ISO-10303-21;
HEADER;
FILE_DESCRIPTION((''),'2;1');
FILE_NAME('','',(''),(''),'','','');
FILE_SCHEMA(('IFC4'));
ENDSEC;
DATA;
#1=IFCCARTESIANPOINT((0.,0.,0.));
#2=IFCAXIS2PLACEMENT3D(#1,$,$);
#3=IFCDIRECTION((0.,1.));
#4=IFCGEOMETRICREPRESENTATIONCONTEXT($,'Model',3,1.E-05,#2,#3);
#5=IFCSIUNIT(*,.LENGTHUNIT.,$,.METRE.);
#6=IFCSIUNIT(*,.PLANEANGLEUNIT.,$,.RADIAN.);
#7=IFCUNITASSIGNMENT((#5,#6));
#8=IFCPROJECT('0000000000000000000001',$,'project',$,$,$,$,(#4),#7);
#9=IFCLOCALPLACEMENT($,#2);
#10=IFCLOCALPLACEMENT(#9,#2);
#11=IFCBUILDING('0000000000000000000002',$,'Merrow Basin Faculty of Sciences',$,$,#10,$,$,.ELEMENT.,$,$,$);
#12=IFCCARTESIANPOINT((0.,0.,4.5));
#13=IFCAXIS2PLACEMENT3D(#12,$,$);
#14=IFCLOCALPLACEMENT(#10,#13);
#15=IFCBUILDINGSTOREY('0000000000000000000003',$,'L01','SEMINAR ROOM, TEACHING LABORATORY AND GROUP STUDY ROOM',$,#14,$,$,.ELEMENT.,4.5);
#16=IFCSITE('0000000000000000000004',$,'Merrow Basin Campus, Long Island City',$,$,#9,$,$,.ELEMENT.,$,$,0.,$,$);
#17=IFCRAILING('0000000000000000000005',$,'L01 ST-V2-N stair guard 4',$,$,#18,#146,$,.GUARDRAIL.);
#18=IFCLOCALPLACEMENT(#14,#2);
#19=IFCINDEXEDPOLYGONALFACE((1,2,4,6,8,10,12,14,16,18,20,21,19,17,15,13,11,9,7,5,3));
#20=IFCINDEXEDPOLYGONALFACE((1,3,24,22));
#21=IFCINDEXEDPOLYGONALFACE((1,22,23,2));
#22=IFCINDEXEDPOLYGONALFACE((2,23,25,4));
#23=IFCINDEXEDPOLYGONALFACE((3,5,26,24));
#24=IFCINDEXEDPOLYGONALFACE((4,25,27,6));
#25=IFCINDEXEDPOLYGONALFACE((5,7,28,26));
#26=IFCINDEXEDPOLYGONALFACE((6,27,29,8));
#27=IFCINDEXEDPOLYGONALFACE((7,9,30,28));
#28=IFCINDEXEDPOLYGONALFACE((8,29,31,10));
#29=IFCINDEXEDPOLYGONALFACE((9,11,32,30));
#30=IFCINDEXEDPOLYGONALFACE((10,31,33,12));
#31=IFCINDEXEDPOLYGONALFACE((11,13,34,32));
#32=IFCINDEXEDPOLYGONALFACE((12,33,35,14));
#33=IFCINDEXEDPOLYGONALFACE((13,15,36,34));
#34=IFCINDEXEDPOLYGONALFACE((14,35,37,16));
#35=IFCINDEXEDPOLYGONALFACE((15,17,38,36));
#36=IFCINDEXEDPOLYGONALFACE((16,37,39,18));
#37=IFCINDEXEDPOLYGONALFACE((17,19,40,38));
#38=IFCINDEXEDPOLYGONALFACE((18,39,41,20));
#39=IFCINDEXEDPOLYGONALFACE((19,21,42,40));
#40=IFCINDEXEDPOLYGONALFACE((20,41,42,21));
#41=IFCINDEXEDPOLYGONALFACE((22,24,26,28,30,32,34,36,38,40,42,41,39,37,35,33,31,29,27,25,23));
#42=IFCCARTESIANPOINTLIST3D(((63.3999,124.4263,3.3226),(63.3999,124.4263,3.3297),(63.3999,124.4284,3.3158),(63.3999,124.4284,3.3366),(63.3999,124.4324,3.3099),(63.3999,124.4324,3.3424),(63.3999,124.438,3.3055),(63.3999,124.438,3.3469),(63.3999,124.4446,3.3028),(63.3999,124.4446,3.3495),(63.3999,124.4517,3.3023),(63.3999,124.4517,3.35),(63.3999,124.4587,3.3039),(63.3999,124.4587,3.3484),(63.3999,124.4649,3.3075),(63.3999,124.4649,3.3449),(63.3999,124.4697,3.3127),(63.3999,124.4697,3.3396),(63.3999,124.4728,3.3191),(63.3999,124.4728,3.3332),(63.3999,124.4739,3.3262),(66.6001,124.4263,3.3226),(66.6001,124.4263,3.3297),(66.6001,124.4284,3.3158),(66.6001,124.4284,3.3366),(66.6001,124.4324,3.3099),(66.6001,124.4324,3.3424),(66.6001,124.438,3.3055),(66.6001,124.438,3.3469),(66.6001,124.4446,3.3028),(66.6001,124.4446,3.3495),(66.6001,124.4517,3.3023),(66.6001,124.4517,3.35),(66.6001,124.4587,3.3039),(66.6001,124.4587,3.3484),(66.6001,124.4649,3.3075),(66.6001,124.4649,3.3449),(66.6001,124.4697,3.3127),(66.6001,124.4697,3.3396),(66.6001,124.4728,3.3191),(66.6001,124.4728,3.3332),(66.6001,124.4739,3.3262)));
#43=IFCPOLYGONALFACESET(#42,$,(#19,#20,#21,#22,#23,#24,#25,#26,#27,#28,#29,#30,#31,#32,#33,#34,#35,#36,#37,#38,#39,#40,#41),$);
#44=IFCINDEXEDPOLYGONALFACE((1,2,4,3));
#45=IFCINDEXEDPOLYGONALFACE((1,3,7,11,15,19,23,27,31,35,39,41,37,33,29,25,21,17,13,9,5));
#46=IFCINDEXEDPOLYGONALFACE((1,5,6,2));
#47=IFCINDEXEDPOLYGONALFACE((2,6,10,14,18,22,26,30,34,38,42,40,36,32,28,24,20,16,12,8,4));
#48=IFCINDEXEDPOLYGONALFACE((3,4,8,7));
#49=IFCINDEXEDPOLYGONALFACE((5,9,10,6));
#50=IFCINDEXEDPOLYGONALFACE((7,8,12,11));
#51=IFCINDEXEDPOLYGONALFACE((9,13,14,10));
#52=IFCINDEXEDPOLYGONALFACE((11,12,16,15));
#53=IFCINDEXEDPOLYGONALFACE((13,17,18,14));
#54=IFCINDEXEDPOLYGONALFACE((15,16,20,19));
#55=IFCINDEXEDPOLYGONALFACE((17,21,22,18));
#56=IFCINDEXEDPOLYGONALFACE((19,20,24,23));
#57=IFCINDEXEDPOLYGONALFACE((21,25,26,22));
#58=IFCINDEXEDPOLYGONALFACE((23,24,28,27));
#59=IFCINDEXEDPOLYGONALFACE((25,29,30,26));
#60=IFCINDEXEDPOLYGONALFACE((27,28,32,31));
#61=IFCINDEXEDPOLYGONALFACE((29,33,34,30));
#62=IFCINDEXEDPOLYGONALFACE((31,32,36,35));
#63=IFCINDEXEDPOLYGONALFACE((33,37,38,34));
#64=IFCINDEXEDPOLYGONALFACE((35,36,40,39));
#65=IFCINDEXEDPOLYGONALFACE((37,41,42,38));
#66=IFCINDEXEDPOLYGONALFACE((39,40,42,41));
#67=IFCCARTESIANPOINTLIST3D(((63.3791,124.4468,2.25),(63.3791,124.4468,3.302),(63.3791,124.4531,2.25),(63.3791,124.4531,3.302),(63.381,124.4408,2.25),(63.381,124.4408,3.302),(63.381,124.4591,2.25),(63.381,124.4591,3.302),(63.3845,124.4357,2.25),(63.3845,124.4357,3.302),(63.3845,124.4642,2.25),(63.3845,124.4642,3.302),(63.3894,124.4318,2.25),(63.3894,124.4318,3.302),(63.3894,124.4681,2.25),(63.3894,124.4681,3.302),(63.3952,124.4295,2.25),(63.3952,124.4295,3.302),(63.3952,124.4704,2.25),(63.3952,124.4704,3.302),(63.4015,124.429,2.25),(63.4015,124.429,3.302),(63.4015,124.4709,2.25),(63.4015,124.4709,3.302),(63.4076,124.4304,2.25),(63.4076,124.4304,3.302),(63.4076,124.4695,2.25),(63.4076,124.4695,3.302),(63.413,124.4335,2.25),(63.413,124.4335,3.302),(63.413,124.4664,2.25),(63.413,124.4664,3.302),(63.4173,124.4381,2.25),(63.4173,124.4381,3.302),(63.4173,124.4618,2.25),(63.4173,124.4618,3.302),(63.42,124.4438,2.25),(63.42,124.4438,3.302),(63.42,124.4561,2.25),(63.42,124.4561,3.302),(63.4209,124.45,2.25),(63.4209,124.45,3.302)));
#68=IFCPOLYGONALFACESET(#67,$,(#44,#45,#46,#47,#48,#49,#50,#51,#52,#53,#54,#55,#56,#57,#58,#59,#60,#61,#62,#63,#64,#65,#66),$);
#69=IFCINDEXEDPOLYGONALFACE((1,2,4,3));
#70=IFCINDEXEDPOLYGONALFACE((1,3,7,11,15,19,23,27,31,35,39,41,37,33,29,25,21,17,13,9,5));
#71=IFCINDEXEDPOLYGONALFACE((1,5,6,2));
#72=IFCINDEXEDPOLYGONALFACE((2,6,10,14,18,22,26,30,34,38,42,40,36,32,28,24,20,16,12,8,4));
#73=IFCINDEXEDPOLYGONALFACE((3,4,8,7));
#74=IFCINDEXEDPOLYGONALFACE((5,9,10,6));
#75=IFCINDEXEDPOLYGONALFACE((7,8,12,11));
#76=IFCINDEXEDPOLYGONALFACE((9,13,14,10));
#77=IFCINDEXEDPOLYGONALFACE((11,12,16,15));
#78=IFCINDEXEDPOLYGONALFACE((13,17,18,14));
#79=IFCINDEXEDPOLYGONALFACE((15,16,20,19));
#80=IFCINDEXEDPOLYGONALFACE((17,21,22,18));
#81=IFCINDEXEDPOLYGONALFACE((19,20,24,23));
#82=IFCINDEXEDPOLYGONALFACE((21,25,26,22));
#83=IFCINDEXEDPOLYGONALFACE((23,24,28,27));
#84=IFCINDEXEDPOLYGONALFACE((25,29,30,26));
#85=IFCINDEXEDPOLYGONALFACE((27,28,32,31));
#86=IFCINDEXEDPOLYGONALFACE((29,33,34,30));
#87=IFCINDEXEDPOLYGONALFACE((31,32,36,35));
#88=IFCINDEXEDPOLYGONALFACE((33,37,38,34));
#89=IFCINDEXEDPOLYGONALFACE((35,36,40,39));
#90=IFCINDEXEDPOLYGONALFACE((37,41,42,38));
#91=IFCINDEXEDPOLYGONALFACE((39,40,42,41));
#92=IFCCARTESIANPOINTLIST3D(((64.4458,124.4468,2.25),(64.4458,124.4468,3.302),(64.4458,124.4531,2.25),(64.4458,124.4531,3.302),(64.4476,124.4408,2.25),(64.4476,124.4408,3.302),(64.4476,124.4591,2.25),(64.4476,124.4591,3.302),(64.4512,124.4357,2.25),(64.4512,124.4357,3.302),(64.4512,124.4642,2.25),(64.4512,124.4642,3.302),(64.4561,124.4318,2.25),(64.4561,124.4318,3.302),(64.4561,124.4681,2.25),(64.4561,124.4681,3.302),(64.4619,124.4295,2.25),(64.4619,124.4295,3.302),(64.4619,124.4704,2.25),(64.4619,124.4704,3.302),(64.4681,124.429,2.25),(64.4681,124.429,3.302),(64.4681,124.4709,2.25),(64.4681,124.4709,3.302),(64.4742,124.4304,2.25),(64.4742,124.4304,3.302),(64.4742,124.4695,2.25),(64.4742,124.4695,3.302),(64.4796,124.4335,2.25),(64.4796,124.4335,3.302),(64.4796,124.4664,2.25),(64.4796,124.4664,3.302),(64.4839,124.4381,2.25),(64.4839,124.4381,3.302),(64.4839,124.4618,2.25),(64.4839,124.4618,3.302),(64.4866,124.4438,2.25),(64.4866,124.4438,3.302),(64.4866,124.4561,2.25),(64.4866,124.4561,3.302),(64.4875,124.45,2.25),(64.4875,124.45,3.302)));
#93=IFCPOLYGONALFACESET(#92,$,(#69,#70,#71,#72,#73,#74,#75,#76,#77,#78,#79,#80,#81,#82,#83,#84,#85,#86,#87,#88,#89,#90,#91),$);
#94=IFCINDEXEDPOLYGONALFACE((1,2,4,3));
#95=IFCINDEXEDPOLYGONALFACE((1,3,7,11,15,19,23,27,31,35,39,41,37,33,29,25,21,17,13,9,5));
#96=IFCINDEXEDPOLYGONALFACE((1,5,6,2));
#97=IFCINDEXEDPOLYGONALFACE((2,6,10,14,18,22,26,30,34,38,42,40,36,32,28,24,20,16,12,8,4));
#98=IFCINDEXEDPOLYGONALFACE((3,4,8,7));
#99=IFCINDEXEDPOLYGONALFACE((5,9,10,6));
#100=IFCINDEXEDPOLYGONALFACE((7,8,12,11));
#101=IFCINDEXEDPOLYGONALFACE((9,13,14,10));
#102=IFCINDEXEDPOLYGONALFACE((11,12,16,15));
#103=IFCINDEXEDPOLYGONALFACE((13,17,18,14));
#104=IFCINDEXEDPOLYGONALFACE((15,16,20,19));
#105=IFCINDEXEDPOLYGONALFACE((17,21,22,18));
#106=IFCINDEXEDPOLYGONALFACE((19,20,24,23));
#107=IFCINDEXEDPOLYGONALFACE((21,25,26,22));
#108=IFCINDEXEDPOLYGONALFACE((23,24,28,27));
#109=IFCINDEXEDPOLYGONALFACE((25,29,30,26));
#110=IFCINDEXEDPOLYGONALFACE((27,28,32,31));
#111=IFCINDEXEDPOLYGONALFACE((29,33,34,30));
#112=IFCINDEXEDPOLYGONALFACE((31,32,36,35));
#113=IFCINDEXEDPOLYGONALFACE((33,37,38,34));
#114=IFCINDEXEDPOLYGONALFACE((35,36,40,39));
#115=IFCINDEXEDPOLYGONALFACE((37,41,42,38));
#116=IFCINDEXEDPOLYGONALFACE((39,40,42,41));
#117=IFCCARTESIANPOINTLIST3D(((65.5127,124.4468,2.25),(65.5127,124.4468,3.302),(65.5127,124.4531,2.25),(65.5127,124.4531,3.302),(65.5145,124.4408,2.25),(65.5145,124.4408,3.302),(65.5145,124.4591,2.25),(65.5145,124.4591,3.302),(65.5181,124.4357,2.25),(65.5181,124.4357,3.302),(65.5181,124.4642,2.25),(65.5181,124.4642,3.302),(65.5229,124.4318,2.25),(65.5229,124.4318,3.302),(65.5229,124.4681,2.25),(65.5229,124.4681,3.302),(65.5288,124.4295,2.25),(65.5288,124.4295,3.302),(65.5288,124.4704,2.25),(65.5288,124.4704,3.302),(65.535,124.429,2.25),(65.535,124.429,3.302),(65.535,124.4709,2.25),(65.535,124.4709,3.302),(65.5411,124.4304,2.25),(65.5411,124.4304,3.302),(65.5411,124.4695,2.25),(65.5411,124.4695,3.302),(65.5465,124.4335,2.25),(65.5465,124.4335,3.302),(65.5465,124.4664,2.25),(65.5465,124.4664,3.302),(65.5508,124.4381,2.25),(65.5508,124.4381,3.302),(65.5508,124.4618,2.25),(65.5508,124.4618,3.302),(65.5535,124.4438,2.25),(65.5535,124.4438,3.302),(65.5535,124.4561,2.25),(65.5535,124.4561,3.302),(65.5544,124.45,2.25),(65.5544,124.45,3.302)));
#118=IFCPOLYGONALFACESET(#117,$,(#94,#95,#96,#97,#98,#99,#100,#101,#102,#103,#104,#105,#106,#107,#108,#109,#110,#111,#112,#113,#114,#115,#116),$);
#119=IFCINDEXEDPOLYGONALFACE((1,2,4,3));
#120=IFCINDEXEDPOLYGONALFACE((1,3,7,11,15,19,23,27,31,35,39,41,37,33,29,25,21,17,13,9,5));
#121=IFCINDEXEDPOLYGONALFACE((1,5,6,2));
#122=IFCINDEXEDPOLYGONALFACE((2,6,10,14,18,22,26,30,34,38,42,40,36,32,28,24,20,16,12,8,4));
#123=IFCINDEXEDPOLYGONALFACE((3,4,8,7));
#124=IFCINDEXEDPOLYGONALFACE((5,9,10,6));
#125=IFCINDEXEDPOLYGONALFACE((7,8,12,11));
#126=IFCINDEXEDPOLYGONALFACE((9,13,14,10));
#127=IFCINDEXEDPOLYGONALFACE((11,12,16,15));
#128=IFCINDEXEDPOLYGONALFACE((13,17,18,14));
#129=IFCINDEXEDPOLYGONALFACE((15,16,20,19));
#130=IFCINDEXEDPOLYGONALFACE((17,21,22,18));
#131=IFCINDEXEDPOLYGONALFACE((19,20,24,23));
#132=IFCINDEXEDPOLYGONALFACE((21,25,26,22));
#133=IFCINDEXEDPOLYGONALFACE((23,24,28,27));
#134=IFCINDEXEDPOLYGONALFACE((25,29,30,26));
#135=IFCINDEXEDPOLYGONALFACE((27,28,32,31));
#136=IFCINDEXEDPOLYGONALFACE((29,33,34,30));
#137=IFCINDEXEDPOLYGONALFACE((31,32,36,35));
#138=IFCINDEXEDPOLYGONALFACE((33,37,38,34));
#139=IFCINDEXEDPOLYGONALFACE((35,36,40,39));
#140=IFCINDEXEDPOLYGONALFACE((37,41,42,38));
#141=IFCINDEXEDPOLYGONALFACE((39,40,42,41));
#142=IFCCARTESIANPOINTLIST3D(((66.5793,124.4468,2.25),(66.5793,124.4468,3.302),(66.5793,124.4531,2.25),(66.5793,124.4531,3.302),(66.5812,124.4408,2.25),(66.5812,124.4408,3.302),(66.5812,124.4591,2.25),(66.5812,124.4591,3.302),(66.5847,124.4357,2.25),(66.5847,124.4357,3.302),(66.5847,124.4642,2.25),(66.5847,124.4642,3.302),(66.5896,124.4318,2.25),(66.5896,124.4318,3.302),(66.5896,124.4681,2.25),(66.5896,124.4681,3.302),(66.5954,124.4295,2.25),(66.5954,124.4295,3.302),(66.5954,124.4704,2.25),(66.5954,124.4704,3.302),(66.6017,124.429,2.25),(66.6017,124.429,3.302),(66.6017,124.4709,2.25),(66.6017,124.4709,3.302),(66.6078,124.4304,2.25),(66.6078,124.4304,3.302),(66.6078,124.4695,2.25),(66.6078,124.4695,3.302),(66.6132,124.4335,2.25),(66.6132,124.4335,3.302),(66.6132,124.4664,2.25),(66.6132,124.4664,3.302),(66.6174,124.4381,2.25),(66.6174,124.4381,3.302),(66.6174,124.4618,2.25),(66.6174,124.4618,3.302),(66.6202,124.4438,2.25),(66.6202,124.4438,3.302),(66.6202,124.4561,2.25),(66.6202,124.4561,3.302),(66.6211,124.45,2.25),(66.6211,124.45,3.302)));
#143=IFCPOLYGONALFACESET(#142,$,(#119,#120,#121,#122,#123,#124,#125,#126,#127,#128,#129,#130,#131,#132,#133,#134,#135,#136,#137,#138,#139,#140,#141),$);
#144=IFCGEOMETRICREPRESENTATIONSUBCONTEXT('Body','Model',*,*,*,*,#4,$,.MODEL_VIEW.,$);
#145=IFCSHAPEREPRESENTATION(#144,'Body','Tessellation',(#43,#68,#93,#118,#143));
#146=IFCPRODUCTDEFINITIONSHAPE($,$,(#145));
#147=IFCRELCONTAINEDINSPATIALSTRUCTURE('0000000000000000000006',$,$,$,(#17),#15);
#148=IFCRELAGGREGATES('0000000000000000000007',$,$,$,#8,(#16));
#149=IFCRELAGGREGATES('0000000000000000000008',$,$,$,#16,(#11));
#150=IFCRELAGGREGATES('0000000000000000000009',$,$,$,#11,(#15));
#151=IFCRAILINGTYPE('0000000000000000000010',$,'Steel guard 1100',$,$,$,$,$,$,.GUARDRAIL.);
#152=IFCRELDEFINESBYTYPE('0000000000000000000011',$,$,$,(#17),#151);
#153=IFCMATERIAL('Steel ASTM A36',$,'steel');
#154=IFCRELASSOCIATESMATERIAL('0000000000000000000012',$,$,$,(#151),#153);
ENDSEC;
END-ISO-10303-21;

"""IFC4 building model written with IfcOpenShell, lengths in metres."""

from ifc_helpers import new_model, si_unit, direction, frame, origin, origin_2d, place, context, subcontext, project, spatial, circle, extrude, material, type_object, element, save


model = new_model("IFC4")

# Units and contexts
model_context = context("Model", 3, precision=1e-05, world=origin(), true_north=direction((0.0, 1.0)))
body_context = subcontext(model_context, "Body", "Model", "MODEL_VIEW")
ifc_project = project(units=[si_unit("LENGTHUNIT", "METRE"), si_unit("PLANEANGLEUNIT", "RADIAN")], contexts=[model_context])

# Site, building, storey
site_placement = place(None, origin())
site = spatial("IfcSite", under=ifc_project, at=site_placement, Name="Merrow Basin Campus, Long Island City", CompositionType="ELEMENT", RefElevation=0.0)
building_placement = place(site_placement, origin())
building = spatial("IfcBuilding", under=site, at=building_placement, Name="Merrow Basin Faculty of Sciences", CompositionType="ELEMENT")
storey_placement = place(building_placement, frame((0.0, 0.0, 4.5)))
storey = spatial("IfcBuildingStorey", under=building, at=storey_placement, Name="L01", Description="SEMINAR ROOM, TEACHING LABORATORY AND GROUP STUDY ROOM", CompositionType="ELEMENT", Elevation=4.5)

# Railing
ifc_material_1 = material(Name="Steel ASTM A36", Category="steel")
railing_type_1 = type_object("IfcRailingType", Name="Steel guard 1100", PredefinedType="GUARDRAIL", material=ifc_material_1)
railing_1_placement = place(storey_placement, frame((63.3999, 124.45, 2.25)))
element("IfcRailing", 1, at=railing_1_placement, inside=storey, type_object=railing_type_1, Name="L01 ST-V2-N stair guard 4", PredefinedType="GUARDRAIL", context=body_context, shape_type="SweptSolid", body=[
    extrude(circle(Radius=0.0239, at=origin_2d()), frame((0.0, 0.0, 1.0762), z_axis=(1.0, 0.0, 0.0), x_axis=(0.0, 1.0, 0.0)), (0.0, 0.0, 1.0), 3.2002),
    extrude(circle(Radius=0.021, at=origin_2d()), origin(), (0.0, 0.0, 1.0), 1.052),
    extrude(circle(Radius=0.021, at=origin_2d()), frame((1.0667, 0.0, 0.0)), (0.0, 0.0, 1.0), 1.052),
    extrude(circle(Radius=0.021, at=origin_2d()), frame((2.1335, 0.0, 0.0)), (0.0, 0.0, 1.0), 1.052),
    extrude(circle(Radius=0.021, at=origin_2d()), frame((3.2002, 0.0, 0.0)), (0.0, 0.0, 1.0), 1.052),
])

save(model, "model.ifc")
